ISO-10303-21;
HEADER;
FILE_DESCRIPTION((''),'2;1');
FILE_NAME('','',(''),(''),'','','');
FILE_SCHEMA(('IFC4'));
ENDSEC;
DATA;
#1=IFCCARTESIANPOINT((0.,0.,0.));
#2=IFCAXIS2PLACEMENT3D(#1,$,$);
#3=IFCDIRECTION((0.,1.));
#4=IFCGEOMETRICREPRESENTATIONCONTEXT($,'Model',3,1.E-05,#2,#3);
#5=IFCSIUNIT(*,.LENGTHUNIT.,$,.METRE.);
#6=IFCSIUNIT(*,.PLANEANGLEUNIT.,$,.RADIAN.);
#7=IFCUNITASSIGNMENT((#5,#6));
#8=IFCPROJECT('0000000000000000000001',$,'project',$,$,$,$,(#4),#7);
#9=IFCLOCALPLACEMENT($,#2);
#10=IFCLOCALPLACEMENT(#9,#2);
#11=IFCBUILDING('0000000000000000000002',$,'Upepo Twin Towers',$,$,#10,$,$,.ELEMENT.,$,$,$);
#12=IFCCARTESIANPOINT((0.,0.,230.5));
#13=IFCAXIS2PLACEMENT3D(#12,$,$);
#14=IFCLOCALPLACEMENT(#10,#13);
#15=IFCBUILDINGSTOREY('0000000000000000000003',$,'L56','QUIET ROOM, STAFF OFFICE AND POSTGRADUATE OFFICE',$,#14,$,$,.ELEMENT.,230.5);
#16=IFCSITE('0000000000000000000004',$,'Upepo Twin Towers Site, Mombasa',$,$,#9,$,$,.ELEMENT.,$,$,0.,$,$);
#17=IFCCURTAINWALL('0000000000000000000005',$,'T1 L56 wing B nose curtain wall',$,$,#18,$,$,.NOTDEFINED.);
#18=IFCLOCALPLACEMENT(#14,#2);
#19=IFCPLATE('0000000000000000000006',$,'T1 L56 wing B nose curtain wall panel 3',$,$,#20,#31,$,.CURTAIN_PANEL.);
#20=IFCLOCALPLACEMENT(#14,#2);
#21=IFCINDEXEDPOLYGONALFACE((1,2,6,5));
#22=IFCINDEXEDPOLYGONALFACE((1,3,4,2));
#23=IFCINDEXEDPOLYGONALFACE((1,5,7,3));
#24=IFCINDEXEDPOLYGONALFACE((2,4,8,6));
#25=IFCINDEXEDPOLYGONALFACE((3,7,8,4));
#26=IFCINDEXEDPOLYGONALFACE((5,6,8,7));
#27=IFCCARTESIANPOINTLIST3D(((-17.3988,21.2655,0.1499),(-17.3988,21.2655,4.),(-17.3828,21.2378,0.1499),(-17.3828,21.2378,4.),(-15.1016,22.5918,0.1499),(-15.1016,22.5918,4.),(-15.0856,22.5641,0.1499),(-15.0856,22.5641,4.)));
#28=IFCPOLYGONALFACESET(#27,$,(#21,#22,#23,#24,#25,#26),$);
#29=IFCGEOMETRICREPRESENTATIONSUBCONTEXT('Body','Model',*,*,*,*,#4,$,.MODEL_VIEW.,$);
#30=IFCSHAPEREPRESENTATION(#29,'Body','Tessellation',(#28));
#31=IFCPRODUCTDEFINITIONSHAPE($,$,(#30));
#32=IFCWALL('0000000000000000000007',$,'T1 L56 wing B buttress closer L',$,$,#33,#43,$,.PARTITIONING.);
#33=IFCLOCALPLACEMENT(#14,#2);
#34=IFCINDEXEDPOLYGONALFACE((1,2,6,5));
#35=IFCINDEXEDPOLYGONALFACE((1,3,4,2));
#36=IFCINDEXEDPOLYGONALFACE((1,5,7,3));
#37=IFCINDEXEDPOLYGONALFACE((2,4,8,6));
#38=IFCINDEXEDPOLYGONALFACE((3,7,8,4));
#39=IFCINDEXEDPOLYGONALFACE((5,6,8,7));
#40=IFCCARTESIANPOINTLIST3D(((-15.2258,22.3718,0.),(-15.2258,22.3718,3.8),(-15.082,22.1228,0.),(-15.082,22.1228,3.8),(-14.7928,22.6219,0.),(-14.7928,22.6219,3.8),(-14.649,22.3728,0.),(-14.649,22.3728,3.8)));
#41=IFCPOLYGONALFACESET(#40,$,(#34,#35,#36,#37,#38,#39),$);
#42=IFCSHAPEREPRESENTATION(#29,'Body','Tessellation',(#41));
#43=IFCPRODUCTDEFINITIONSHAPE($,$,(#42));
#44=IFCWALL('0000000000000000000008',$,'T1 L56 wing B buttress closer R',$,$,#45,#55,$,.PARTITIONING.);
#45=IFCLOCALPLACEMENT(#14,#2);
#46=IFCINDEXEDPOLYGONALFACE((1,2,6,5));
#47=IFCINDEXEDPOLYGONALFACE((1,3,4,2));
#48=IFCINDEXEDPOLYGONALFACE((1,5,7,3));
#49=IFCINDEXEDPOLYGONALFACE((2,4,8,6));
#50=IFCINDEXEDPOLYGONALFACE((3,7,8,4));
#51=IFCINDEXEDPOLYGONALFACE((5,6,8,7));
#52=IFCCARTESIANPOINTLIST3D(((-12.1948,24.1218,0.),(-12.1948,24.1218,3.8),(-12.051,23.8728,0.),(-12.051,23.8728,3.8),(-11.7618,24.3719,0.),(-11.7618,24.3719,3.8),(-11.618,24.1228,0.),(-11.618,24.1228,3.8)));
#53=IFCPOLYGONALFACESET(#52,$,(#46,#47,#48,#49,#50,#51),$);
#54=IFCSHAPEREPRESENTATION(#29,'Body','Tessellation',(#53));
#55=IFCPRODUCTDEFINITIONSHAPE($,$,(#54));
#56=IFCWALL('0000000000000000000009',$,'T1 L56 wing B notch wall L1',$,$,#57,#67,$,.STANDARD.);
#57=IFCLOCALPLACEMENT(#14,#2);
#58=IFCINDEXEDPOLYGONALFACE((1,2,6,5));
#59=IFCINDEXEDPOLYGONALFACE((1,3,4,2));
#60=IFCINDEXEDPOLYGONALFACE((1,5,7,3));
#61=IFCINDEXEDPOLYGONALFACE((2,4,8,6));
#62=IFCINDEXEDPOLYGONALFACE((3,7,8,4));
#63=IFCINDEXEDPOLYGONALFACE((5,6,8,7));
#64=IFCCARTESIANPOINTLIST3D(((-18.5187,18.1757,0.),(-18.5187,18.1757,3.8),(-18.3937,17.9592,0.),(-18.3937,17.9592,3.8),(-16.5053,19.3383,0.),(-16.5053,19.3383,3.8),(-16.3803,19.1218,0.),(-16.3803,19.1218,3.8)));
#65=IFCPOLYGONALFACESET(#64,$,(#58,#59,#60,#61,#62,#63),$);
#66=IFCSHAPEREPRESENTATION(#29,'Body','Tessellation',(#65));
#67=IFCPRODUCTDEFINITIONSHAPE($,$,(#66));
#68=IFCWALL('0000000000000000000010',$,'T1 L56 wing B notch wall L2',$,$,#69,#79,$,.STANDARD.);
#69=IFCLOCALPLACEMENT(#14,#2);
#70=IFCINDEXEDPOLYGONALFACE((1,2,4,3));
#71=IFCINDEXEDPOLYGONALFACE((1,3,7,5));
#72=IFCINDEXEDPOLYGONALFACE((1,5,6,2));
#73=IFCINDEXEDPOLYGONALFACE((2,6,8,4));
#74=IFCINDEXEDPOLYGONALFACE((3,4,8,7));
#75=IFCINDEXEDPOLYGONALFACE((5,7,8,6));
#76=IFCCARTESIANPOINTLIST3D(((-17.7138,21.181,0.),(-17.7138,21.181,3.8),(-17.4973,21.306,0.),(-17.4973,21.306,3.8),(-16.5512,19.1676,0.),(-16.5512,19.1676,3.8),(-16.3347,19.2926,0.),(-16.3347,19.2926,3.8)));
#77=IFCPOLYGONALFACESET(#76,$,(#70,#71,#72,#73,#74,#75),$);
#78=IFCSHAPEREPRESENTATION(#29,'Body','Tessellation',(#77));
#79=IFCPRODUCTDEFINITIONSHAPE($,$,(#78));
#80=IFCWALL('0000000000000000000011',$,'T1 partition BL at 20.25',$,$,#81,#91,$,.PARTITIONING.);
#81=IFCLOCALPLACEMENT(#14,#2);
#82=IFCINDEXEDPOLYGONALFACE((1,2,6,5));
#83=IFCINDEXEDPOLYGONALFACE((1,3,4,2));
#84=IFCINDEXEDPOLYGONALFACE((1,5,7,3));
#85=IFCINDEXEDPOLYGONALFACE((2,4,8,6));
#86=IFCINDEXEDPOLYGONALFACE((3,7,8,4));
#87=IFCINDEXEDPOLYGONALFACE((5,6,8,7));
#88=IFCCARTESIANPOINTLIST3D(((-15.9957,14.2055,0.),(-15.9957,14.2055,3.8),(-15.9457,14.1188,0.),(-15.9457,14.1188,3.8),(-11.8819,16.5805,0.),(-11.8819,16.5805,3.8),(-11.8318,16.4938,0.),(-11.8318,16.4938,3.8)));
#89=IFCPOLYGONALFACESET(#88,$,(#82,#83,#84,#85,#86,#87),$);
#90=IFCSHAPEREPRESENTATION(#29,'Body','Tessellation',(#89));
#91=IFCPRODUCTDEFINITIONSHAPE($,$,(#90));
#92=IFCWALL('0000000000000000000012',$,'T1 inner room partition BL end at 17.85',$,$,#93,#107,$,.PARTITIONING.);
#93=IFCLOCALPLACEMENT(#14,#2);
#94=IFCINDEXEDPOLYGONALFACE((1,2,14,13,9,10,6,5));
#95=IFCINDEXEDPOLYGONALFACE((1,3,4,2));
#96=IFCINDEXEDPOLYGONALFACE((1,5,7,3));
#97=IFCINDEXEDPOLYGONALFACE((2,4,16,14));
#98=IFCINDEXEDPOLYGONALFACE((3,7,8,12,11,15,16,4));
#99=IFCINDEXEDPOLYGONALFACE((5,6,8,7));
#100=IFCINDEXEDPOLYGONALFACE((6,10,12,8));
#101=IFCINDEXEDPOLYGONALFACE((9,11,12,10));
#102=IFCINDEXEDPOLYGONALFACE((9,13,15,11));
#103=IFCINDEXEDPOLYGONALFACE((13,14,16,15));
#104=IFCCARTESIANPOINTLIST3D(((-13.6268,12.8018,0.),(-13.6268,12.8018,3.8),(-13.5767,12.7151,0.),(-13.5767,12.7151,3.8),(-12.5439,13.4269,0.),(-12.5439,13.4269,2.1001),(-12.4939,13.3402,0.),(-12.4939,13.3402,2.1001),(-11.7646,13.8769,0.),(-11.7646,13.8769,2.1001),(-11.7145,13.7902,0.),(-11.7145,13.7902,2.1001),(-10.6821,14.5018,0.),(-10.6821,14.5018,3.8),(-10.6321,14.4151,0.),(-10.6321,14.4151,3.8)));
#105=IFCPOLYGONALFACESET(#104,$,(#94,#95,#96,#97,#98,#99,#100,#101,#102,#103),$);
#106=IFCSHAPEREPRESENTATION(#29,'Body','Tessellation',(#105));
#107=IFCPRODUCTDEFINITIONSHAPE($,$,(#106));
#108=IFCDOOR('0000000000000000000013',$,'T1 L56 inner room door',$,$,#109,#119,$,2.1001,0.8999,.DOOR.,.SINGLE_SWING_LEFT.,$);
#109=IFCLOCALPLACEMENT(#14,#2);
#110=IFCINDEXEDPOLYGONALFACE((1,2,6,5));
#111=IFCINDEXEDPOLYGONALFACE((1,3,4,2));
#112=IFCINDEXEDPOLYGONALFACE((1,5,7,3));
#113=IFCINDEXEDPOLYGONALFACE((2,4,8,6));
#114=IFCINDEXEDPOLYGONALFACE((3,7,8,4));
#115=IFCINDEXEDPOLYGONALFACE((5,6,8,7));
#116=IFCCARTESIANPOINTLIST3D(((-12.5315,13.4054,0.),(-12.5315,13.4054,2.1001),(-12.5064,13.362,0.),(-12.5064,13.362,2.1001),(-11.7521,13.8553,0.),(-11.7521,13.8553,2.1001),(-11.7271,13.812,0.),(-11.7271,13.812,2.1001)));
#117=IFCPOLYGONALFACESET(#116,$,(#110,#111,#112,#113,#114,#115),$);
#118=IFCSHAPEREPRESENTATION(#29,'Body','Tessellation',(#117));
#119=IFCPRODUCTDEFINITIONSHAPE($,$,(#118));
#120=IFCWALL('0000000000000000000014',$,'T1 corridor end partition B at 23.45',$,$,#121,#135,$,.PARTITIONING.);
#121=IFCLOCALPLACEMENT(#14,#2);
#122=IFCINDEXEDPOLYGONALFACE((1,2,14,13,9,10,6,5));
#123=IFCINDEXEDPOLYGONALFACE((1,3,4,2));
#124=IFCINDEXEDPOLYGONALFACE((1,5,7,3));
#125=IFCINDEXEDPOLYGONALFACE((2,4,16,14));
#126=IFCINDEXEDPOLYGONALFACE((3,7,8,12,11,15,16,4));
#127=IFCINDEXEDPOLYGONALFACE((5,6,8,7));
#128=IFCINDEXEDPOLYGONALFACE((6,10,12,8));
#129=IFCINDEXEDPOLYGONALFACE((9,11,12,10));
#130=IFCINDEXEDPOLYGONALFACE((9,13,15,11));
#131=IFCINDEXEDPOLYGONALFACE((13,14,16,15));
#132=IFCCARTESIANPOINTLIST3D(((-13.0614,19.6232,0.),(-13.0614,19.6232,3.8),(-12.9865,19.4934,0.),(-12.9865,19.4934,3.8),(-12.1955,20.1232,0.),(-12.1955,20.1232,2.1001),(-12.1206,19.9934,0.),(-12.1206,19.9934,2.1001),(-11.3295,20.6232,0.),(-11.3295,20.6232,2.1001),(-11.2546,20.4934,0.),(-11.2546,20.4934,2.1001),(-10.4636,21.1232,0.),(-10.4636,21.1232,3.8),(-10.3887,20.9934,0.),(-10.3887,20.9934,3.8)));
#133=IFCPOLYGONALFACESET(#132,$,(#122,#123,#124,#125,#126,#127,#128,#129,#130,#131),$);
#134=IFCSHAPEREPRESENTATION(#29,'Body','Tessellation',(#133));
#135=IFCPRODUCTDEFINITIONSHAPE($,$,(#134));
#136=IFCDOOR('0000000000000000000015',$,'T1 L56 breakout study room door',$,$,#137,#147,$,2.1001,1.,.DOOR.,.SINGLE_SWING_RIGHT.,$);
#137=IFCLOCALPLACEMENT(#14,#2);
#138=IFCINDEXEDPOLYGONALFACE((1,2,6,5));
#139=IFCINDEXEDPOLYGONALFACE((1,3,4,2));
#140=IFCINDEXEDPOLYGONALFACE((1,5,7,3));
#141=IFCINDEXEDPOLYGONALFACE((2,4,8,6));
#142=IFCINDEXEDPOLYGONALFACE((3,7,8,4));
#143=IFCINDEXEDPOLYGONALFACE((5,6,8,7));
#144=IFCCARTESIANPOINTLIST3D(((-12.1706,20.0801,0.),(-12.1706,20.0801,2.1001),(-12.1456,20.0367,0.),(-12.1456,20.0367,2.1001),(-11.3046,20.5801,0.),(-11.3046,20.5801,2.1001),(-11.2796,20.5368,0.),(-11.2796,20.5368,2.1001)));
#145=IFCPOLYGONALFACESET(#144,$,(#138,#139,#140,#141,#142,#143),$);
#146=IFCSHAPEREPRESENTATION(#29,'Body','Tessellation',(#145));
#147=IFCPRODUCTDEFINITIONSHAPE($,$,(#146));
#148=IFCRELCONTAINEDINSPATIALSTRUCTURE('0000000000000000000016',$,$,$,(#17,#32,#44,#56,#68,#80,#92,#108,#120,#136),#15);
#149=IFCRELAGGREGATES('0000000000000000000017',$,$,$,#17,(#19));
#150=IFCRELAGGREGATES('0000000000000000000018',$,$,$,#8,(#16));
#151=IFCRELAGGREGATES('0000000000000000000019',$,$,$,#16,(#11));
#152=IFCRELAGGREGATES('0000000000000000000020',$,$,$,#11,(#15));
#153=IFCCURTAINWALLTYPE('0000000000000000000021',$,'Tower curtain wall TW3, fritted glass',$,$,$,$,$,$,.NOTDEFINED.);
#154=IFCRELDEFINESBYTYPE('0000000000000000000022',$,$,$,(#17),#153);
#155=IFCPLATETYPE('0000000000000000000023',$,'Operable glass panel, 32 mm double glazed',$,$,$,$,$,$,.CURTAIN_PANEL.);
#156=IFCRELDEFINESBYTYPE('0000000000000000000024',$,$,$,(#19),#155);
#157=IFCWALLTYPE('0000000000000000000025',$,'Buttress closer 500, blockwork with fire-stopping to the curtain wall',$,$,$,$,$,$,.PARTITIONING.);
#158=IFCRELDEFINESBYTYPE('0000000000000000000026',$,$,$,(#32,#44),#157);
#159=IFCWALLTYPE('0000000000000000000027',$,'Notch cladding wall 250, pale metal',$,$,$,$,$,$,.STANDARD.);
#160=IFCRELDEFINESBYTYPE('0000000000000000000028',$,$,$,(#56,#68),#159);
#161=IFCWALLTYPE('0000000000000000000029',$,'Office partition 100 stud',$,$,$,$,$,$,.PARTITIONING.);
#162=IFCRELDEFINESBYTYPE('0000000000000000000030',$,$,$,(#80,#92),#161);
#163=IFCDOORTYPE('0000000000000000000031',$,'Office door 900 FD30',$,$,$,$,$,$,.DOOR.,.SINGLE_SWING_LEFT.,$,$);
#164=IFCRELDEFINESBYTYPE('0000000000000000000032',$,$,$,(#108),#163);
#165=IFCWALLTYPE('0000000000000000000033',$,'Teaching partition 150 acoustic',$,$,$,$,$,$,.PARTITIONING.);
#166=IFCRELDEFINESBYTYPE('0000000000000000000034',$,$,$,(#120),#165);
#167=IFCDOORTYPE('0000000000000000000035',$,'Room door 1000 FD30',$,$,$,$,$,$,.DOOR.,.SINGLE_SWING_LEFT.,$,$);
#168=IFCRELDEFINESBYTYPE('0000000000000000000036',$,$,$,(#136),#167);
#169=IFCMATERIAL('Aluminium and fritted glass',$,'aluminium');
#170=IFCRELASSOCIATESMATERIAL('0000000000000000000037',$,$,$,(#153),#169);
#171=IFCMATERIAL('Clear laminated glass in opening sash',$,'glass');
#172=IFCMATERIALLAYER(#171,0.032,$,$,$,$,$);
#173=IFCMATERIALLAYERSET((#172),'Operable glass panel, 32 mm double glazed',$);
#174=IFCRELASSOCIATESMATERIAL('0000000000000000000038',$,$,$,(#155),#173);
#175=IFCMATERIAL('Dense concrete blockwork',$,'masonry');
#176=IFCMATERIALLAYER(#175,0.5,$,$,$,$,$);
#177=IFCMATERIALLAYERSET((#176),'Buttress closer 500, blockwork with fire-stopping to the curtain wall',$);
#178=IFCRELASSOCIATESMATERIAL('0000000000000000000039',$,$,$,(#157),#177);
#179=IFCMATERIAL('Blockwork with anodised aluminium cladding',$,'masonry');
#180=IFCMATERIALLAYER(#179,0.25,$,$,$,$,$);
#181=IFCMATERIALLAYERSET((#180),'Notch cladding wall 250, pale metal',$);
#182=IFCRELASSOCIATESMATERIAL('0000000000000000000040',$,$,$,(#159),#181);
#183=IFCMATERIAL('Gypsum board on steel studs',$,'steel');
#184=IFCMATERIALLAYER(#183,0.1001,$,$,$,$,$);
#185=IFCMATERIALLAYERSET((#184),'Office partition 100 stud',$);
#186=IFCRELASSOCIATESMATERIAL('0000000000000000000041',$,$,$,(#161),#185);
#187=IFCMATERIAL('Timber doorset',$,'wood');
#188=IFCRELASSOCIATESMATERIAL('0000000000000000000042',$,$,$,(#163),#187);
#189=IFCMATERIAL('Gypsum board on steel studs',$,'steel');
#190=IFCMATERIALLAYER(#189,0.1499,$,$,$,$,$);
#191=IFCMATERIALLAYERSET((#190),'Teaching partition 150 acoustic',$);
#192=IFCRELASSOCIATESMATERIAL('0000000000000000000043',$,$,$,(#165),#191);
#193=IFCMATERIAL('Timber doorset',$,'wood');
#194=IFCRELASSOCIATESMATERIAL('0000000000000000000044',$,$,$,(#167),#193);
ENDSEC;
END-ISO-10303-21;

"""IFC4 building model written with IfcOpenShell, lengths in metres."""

from ifc_helpers import new_model, si_unit, direction, frame, frame_2d, origin, origin_2d, place, context, subcontext, project, spatial, rectangle, extrude, material, layer, layer_set, type_object, element, fill, aggregate, save


model = new_model("IFC4")

# Units and contexts
model_context = context("Model", 3, precision=1e-05, world=origin(), true_north=direction((0.0, 1.0)))
body_context = subcontext(model_context, "Body", "Model", "MODEL_VIEW")
ifc_project = project(units=[si_unit("LENGTHUNIT", "METRE"), si_unit("PLANEANGLEUNIT", "RADIAN")], contexts=[model_context])

# Site, building, storey
site_placement = place(None, origin())
site = spatial("IfcSite", under=ifc_project, at=site_placement, Name="Upepo Twin Towers Site, Mombasa", CompositionType="ELEMENT", RefElevation=0.0)
building_placement = place(site_placement, origin())
building = spatial("IfcBuilding", under=site, at=building_placement, Name="Upepo Twin Towers", CompositionType="ELEMENT")
storey_placement = place(building_placement, frame((0.0, 0.0, 230.5)))
storey = spatial("IfcBuildingStorey", under=building, at=storey_placement, Name="L56", Description="QUIET ROOM, STAFF OFFICE AND POSTGRADUATE OFFICE", CompositionType="ELEMENT", Elevation=230.5)

# Shared definitions
ifc_material_1 = material(Name="Aluminium and fritted glass", Category="aluminium")
curtain_wall_type = type_object("IfcCurtainWallType", Name="Tower curtain wall TW3, fritted glass", PredefinedType="NOTDEFINED", material=ifc_material_1)

# Curtain wall
curtain_wall_1_placement = place(storey_placement, origin())
curtain_wall_1 = element("IfcCurtainWall", 1, at=curtain_wall_1_placement, inside=storey, type_object=curtain_wall_type, Name="T1 L56 wing B nose curtain wall", PredefinedType="NOTDEFINED")

# Plate
ifc_material_2 = material(Name="Clear laminated glass in opening sash", Category="glass")
ifc_layer_1 = layer(ifc_material_2, 0.032)
ifc_layer_set_1 = layer_set([ifc_layer_1], Name="Operable glass panel, 32 mm double glazed")
plate_type_1 = type_object("IfcPlateType", Name="Operable glass panel, 32 mm double glazed", PredefinedType="CURTAIN_PANEL", material=ifc_layer_set_1)
plate_1_placement = place(storey_placement, frame((-16.2422, 21.9148, 0.1499), z_axis=(0.0, 0.0, 1.0), x_axis=(-0.866025, -0.5, 0.0)))
plate_1 = element("IfcPlate", 2, at=plate_1_placement, type_object=plate_type_1, Name="T1 L56 wing B nose curtain wall panel 3", PredefinedType="CURTAIN_PANEL", context=body_context, shape_type="SweptSolid", body=[
    extrude(rectangle(XDim=2.6526, YDim=0.032, at=origin_2d()), origin(), (0.0, 0.0, 1.0), 3.8501),
])
aggregate(curtain_wall_1, [plate_1])

# Walls
ifc_material_3 = material(Name="Dense concrete blockwork", Category="masonry")
ifc_layer_2 = layer(ifc_material_3, 0.5)
ifc_layer_set_2 = layer_set([ifc_layer_2], Name="Buttress closer 500, blockwork with fire-stopping to the curtain wall")
wall_type_1 = type_object("IfcWallType", Name="Buttress closer 500, blockwork with fire-stopping to the curtain wall", PredefinedType="PARTITIONING", material=ifc_layer_set_2)
for number, where, z_axis, x_axis, name in (
    (3, (-14.8655, 22.2478, 0.0), (0.0, 0.0, 1.0), (-0.500065, 0.865988, 0.0), "T1 L56 wing B buttress closer L"),
    (4, (-11.8345, 23.9978, 0.0), (0.0, 0.0, 1.0), (-0.500065, 0.865988, 0.0), "T1 L56 wing B buttress closer R"),
):
    element("IfcWall", number, at=place(storey_placement, frame(where, z_axis=z_axis, x_axis=x_axis)), inside=storey, type_object=wall_type_1, Name=name, PredefinedType="PARTITIONING", context=body_context, shape_type="SweptSolid", body=[
        extrude(rectangle(XDim=0.2876, YDim=0.5, at=frame_2d((0.1438, 0.0))), origin(), (0.0, 0.0, 1.0), 3.8),
    ])
ifc_material_4 = material(Name="Blockwork with anodised aluminium cladding", Category="masonry")
ifc_layer_3 = layer(ifc_material_4, 0.25)
ifc_layer_set_3 = layer_set([ifc_layer_3], Name="Notch cladding wall 250, pale metal")
wall_type_2 = type_object("IfcWallType", Name="Notch cladding wall 250, pale metal", PredefinedType="STANDARD", material=ifc_layer_set_3)
for number, where, z_axis, x_axis, name in (
    (5, (-18.4563, 18.0674, 0.0), (0.0, 0.0, 1.0), (0.865998, 0.500047, 0.0), "T1 L56 wing B notch wall L1"),
    (6, (-16.4429, 19.23, 0.0), (0.0, 0.0, 1.0), (-0.500047, 0.865998, 0.0), "T1 L56 wing B notch wall L2"),
):
    element("IfcWall", number, at=place(storey_placement, frame(where, z_axis=z_axis, x_axis=x_axis)), inside=storey, type_object=wall_type_2, Name=name, PredefinedType="STANDARD", context=body_context, shape_type="SweptSolid", body=[
        extrude(rectangle(XDim=2.325, YDim=0.25, at=frame_2d((1.1626, 0.0))), origin(), (0.0, 0.0, 1.0), 3.8),
    ])
ifc_material_5 = material(Name="Gypsum board on steel studs", Category="steel")
ifc_layer_4 = layer(ifc_material_5, 0.1001)
ifc_layer_set_4 = layer_set([ifc_layer_4], Name="Office partition 100 stud")
wall_type_3 = type_object("IfcWallType", Name="Office partition 100 stud", PredefinedType="PARTITIONING", material=ifc_layer_set_4)
wall_1_placement = place(storey_placement, frame((-11.8569, 16.5371, 0.0), z_axis=(0.0, 0.0, 1.0), x_axis=(-0.866033, -0.499986, 0.0)))
element("IfcWall", 7, at=wall_1_placement, inside=storey, type_object=wall_type_3, Name="T1 partition BL at 20.25", PredefinedType="PARTITIONING", context=body_context, shape_type="SweptSolid", body=[
    extrude(rectangle(XDim=4.7502, YDim=0.1001, at=frame_2d((2.375, 0.0))), origin(), (0.0, 0.0, 1.0), 3.8),
])

# Walls, openings, doors
wall_2_placement = place(storey_placement, frame((-10.657, 14.4585, 0.0), z_axis=(0.0, 0.0, 1.0), x_axis=(-0.866039, -0.499977, 0.0)))
wall_2 = element("IfcWall", 8, at=wall_2_placement, inside=storey, type_object=wall_type_3, Name="T1 inner room partition BL end at 17.85", PredefinedType="PARTITIONING", context=body_context, shape_type="SweptSolid", body=[
    extrude(rectangle(XDim=3.4001, YDim=0.1001, at=frame_2d((1.7002, 0.0))), origin(), (0.0, 0.0, 1.0), 3.8),
])
opening_1_placement = place(wall_2_placement, frame((1.25, 0.0, 0.0)))
opening_1 = element("IfcOpeningElement", 9, at=opening_1_placement, cuts=wall_2, PredefinedType="OPENING", context=body_context, shape_type="SweptSolid", body=[
    extrude(rectangle(XDim=0.8999, YDim=2.1001, at=frame_2d((0.45, 1.05))), frame((0.0, 0.0601, 0.0), z_axis=(0.0, -1.0, 0.0), x_axis=(1.0, 0.0, 0.0)), (0.0, 0.0, 1.0), 0.1201),
])
ifc_material_6 = material(Name="Timber doorset", Category="wood")
door_type_1 = type_object("IfcDoorType", Name="Office door 900 FD30", OperationType="SINGLE_SWING_LEFT", PredefinedType="DOOR", material=ifc_material_6)
door_1_placement = place(opening_1_placement, origin())
door_1 = element("IfcDoor", 10, at=door_1_placement, inside=storey, type_object=door_type_1, Name="T1 L56 inner room door", OperationType="SINGLE_SWING_LEFT", OverallHeight=2.1001, OverallWidth=0.8999, PredefinedType="DOOR", context=body_context, shape_type="SweptSolid", body=[
    extrude(rectangle(XDim=0.8999, YDim=2.1001, at=frame_2d((0.45, 1.05))), frame((0.0, 0.0249, 0.0), z_axis=(0.0, -1.0, 0.0), x_axis=(1.0, 0.0, 0.0)), (0.0, 0.0, 1.0), 0.05),
])
fill(opening_1, door_1)
ifc_material_7 = material(Name="Gypsum board on steel studs", Category="steel")
ifc_layer_5 = layer(ifc_material_7, 0.1499)
ifc_layer_set_5 = layer_set([ifc_layer_5], Name="Teaching partition 150 acoustic")
wall_type_4 = type_object("IfcWallType", Name="Teaching partition 150 acoustic", PredefinedType="PARTITIONING", material=ifc_layer_set_5)
wall_3_placement = place(storey_placement, frame((-10.426, 21.0583, 0.0), z_axis=(0.0, 0.0, 1.0), x_axis=(-0.866011, -0.500025, 0.0)))
wall_3 = element("IfcWall", 11, at=wall_3_placement, inside=storey, type_object=wall_type_4, Name="T1 corridor end partition B at 23.45", PredefinedType="PARTITIONING", context=body_context, shape_type="SweptSolid", body=[
    extrude(rectangle(XDim=2.9998, YDim=0.1499, at=frame_2d((1.5, 0.0))), origin(), (0.0, 0.0, 1.0), 3.8),
])
opening_2_placement = place(wall_3_placement, frame((1.0, 0.0, 0.0)))
opening_2 = element("IfcOpeningElement", 12, at=opening_2_placement, cuts=wall_3, PredefinedType="OPENING", context=body_context, shape_type="SweptSolid", body=[
    extrude(rectangle(XDim=1.0, YDim=2.1001, at=frame_2d((0.5, 1.05))), frame((0.0, 0.085, 0.0), z_axis=(0.0, -1.0, 0.0), x_axis=(1.0, 0.0, 0.0)), (0.0, 0.0, 1.0), 0.1699),
])
ifc_material_8 = material(Name="Timber doorset", Category="wood")
door_type_2 = type_object("IfcDoorType", Name="Room door 1000 FD30", OperationType="SINGLE_SWING_LEFT", PredefinedType="DOOR", material=ifc_material_8)
door_2_placement = place(opening_2_placement, origin())
door_2 = element("IfcDoor", 13, at=door_2_placement, inside=storey, type_object=door_type_2, Name="T1 L56 breakout study room door", OperationType="SINGLE_SWING_RIGHT", OverallHeight=2.1001, OverallWidth=1.0, PredefinedType="DOOR", context=body_context, shape_type="SweptSolid", body=[
    extrude(rectangle(XDim=1.0, YDim=2.1001, at=frame_2d((0.5, 1.05))), frame((0.0, 0.0249, 0.0), z_axis=(0.0, -1.0, 0.0), x_axis=(1.0, 0.0, 0.0)), (0.0, 0.0, 1.0), 0.05),
])
fill(opening_2, door_2)

save(model, "model.ifc")
